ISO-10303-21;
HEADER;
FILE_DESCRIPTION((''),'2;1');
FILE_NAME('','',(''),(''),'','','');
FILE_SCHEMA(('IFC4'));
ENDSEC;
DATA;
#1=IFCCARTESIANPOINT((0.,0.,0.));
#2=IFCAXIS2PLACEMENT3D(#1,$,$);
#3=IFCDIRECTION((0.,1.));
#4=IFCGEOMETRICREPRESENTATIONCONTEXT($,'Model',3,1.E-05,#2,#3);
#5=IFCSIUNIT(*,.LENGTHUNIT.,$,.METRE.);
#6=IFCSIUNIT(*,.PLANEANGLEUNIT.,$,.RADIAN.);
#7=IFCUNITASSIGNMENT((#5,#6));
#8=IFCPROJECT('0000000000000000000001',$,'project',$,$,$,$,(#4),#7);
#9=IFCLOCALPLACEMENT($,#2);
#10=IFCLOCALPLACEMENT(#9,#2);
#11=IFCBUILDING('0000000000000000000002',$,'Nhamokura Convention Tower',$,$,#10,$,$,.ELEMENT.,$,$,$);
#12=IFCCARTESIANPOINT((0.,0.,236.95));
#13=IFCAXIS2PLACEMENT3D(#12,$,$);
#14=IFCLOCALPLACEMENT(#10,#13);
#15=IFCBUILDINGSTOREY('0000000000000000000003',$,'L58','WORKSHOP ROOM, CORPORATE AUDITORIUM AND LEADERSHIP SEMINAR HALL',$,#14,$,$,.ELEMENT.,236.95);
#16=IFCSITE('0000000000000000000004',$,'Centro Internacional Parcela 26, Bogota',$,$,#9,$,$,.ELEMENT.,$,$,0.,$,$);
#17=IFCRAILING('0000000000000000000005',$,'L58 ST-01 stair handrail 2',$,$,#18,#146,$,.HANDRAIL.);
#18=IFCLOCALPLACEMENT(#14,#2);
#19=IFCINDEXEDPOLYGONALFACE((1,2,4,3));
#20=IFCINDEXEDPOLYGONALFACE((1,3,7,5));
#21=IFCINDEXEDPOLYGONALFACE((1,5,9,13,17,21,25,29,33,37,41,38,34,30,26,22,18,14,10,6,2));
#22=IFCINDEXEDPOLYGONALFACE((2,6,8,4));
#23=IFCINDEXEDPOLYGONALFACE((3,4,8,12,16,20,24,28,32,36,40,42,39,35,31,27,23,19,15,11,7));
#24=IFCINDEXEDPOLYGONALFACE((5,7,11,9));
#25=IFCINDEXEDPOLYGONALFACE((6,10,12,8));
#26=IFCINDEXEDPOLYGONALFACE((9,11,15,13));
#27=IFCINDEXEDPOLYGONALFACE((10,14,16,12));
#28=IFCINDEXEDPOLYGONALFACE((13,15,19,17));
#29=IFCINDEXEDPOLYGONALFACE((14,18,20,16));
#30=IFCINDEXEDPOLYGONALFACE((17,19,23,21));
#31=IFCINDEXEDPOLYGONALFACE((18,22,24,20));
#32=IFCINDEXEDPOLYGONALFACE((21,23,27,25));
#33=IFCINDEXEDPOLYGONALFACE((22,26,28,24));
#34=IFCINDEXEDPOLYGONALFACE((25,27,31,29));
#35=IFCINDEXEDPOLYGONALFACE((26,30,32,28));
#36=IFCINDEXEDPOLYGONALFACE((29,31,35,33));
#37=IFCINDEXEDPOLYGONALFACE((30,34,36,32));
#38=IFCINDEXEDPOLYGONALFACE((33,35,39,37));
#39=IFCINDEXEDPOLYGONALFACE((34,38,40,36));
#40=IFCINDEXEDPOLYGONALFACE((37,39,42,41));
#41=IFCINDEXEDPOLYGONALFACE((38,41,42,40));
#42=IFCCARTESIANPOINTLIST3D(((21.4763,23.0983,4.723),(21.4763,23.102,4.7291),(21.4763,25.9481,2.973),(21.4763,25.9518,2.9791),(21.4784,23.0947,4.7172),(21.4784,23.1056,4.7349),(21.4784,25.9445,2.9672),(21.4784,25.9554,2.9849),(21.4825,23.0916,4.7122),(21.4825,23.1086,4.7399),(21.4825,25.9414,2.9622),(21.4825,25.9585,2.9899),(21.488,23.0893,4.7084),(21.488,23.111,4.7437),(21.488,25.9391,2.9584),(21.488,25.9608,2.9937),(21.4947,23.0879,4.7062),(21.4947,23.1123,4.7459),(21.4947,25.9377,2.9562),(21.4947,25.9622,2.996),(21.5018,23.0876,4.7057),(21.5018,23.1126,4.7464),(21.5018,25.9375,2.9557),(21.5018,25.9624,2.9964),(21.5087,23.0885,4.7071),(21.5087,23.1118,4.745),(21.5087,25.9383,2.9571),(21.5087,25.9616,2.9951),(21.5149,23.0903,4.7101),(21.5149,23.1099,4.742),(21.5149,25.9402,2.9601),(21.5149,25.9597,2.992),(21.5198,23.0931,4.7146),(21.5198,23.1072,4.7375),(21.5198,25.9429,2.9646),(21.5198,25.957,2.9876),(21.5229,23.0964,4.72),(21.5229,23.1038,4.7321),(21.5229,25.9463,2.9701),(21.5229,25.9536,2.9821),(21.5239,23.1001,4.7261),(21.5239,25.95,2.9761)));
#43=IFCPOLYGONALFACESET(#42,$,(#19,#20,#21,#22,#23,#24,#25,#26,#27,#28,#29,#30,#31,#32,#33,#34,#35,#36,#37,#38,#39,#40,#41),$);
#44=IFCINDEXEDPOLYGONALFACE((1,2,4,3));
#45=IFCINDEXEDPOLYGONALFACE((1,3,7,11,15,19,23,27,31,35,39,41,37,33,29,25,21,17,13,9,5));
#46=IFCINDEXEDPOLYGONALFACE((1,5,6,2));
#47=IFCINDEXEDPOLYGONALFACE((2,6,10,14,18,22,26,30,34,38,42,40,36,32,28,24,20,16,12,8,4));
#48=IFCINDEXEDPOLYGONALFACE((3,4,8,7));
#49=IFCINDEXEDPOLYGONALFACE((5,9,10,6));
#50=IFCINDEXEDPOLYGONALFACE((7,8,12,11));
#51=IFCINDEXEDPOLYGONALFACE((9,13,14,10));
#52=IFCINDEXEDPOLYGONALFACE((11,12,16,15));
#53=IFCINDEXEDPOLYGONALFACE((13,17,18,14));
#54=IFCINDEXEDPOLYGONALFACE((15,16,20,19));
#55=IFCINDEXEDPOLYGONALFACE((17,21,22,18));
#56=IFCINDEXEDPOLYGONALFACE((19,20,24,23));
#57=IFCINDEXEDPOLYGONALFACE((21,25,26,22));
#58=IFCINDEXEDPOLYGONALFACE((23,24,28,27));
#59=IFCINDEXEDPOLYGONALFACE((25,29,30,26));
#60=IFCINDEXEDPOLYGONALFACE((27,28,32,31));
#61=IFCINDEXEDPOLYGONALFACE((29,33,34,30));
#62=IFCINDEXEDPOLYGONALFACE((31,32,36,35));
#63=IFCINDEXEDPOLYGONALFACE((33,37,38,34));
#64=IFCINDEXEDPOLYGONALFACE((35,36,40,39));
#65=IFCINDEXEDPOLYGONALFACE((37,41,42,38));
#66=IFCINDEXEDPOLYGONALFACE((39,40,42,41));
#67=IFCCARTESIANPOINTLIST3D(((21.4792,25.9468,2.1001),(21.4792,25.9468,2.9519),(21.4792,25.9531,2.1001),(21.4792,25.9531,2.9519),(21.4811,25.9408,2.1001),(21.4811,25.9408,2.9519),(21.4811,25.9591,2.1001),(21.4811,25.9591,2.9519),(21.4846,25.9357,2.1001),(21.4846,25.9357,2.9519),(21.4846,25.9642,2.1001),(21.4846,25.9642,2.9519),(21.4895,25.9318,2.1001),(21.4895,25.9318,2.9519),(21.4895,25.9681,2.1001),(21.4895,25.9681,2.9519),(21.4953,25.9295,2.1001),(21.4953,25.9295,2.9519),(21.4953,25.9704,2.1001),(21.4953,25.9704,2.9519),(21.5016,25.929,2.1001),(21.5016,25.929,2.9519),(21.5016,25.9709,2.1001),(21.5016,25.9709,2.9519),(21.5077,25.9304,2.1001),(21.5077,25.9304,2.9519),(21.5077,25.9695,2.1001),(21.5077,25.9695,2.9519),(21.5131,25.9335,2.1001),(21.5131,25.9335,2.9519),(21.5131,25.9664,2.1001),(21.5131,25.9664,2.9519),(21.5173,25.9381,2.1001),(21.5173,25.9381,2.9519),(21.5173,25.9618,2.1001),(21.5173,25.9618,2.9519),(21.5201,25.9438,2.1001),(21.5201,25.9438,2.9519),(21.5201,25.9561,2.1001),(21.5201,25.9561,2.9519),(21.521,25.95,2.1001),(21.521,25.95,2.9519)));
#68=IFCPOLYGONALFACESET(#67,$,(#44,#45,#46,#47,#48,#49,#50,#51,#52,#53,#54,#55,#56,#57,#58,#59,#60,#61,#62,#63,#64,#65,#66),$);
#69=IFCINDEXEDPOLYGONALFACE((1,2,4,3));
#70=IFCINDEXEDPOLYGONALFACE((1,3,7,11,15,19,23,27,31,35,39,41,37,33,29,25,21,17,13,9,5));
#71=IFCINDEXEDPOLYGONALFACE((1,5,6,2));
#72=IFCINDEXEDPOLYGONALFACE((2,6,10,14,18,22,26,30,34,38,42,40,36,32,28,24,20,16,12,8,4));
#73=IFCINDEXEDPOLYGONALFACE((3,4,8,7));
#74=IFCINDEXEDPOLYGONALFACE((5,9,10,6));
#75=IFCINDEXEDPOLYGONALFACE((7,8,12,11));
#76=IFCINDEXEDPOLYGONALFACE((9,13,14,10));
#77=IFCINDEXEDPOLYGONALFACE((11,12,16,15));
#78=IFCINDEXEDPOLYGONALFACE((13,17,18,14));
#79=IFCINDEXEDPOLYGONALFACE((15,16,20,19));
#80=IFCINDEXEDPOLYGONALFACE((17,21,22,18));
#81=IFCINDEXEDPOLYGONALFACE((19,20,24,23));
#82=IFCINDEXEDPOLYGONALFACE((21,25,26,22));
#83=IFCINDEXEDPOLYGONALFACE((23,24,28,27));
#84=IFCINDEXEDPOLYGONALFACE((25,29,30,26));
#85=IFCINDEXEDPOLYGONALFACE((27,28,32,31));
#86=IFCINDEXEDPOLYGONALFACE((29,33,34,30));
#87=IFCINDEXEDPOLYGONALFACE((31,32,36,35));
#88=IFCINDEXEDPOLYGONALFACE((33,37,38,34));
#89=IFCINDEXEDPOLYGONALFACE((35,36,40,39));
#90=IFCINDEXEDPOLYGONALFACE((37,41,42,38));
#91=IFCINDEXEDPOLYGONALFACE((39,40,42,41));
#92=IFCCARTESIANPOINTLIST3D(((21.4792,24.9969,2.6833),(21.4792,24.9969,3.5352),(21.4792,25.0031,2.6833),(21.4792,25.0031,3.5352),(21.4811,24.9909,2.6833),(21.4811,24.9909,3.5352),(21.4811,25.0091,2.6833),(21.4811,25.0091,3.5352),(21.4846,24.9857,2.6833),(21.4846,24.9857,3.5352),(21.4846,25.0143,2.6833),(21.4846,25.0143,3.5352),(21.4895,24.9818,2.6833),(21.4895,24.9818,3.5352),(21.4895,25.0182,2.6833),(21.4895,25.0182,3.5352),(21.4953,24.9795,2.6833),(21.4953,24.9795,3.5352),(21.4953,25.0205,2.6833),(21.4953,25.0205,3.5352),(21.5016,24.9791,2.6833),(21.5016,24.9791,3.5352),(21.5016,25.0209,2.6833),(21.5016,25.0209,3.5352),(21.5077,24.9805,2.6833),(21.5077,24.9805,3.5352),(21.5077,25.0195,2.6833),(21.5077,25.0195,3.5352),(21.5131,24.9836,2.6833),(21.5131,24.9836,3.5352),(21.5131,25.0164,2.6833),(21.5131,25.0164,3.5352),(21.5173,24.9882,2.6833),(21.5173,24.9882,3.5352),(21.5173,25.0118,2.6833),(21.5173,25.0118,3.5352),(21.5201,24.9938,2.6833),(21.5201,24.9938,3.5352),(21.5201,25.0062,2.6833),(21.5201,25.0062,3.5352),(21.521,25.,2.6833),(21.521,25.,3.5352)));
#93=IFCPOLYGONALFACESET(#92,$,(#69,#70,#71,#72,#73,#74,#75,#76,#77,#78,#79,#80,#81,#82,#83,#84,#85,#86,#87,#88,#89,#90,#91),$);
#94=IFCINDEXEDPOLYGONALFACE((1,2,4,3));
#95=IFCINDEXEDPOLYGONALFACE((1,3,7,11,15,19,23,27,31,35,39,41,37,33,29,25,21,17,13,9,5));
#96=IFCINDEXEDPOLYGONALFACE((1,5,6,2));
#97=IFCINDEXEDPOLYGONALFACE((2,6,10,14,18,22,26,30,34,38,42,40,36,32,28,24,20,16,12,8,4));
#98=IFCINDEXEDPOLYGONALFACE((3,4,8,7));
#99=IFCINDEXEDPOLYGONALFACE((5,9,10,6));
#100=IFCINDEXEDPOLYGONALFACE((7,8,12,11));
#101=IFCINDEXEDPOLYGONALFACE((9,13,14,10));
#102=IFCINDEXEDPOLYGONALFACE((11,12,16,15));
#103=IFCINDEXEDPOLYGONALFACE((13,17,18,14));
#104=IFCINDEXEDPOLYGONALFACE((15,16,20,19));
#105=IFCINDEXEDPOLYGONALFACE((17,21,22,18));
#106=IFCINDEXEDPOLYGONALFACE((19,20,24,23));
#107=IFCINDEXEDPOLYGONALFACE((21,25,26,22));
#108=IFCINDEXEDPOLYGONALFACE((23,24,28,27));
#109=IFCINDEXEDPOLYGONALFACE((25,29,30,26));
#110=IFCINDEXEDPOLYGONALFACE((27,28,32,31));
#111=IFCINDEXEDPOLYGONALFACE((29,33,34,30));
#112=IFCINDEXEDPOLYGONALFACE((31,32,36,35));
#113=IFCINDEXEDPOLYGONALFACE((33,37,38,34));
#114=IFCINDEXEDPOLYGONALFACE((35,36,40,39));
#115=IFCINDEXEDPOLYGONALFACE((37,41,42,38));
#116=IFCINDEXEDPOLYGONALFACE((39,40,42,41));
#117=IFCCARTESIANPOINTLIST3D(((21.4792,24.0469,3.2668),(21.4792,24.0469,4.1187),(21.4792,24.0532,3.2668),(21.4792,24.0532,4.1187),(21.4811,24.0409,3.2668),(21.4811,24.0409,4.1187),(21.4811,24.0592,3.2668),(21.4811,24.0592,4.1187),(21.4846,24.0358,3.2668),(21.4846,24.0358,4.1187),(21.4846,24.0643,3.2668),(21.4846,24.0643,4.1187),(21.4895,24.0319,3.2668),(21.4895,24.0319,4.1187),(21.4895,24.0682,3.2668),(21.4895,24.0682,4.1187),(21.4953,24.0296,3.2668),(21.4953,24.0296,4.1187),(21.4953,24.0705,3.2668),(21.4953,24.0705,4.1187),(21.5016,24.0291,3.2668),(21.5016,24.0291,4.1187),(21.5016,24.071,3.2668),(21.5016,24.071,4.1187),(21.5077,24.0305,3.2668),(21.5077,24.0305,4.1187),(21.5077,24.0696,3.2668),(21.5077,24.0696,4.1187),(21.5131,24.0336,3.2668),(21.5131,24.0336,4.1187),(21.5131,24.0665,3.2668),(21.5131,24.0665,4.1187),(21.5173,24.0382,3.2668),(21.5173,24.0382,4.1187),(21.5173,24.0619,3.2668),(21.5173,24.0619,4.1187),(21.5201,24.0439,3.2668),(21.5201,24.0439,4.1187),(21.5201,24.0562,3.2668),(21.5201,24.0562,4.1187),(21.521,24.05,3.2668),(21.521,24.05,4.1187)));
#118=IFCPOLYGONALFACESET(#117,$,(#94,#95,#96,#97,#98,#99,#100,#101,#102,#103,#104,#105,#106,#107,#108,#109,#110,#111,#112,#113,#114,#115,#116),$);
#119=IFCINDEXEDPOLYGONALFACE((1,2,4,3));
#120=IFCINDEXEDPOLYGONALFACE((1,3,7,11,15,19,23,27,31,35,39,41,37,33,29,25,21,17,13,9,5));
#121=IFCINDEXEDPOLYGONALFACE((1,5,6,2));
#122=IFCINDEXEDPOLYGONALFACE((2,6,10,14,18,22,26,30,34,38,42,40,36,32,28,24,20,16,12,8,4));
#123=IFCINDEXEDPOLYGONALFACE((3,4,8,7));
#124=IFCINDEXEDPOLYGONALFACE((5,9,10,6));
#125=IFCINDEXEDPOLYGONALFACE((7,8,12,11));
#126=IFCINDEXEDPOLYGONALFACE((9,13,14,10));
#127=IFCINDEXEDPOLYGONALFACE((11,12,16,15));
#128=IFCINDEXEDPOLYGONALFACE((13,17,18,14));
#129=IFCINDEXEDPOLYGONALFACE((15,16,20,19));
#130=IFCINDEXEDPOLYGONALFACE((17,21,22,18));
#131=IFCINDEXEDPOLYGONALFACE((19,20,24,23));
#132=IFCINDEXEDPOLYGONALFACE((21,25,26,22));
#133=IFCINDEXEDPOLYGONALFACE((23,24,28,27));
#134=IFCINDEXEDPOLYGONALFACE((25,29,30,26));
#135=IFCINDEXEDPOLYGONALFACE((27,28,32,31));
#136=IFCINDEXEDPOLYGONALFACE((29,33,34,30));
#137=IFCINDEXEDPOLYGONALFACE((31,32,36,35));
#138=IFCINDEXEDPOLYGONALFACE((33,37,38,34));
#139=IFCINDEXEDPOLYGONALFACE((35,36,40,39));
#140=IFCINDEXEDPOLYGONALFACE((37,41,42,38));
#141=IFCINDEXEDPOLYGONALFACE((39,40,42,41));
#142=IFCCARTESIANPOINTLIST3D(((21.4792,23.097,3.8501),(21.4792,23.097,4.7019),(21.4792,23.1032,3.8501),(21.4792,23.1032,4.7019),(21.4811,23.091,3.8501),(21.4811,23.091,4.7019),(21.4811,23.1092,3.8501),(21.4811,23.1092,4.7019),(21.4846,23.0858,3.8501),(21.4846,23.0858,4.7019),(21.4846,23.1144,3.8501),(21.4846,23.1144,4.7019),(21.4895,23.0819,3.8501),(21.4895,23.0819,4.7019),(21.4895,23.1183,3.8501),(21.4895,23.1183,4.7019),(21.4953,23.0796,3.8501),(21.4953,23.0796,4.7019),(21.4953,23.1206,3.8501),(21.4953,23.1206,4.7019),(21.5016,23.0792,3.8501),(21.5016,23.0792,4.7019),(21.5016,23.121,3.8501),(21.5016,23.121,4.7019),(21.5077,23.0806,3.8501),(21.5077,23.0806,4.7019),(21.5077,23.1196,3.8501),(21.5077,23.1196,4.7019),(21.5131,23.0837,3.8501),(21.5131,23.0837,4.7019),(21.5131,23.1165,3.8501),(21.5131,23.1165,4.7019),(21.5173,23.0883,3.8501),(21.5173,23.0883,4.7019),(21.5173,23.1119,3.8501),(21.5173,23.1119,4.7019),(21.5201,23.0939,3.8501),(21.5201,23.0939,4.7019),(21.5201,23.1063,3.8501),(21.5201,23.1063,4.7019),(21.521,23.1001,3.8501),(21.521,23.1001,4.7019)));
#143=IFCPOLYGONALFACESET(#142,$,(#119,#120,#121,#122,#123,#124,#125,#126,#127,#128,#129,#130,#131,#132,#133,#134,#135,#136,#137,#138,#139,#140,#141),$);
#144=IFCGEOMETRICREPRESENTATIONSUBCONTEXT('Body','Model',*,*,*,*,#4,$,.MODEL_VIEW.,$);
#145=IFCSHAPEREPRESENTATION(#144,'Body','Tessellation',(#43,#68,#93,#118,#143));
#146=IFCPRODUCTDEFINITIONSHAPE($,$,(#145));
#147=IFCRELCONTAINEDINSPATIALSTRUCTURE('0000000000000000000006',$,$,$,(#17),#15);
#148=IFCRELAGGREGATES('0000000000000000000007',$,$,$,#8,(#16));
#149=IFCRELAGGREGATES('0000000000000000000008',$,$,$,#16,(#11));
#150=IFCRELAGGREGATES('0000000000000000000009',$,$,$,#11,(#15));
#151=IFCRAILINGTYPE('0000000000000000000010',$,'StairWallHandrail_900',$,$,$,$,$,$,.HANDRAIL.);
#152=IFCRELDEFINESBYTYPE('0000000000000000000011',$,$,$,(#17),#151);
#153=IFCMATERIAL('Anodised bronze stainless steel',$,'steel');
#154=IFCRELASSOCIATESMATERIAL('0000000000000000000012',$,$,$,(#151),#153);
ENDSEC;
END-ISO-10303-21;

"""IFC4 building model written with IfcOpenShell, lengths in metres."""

from ifc_helpers import new_model, si_unit, direction, frame, origin, origin_2d, place, context, subcontext, project, spatial, circle, extrude, material, type_object, element, save


model = new_model("IFC4")

# Units and contexts
model_context = context("Model", 3, precision=1e-05, world=origin(), true_north=direction((0.0, 1.0)))
body_context = subcontext(model_context, "Body", "Model", "MODEL_VIEW")
ifc_project = project(units=[si_unit("LENGTHUNIT", "METRE"), si_unit("PLANEANGLEUNIT", "RADIAN")], contexts=[model_context])

# Site, building, storey
site_placement = place(None, origin())
site = spatial("IfcSite", under=ifc_project, at=site_placement, Name="Centro Internacional Parcela 26, Bogota", CompositionType="ELEMENT", RefElevation=0.0)
building_placement = place(site_placement, origin())
building = spatial("IfcBuilding", under=site, at=building_placement, Name="Nhamokura Convention Tower", CompositionType="ELEMENT")
storey_placement = place(building_placement, frame((0.0, 0.0, 236.95)))
storey = spatial("IfcBuildingStorey", under=building, at=storey_placement, Name="L58", Description="WORKSHOP ROOM, CORPORATE AUDITORIUM AND LEADERSHIP SEMINAR HALL", CompositionType="ELEMENT", Elevation=236.95)

# Railing
ifc_material_1 = material(Name="Anodised bronze stainless steel", Category="steel")
railing_type_1 = type_object("IfcRailingType", Name="StairWallHandrail_900", PredefinedType="HANDRAIL", material=ifc_material_1)
railing_1_placement = place(storey_placement, frame((21.5, 25.95, 2.1001)))
element("IfcRailing", 1, at=railing_1_placement, inside=storey, type_object=railing_type_1, Name="L58 ST-01 stair handrail 2", PredefinedType="HANDRAIL", context=body_context, shape_type="SweptSolid", body=[
    extrude(circle(Radius=0.0239, at=origin_2d()), frame((0.0, 0.0, 0.876), z_axis=(0.0, -0.852159, 0.523283), x_axis=(1.0, 0.0, 0.0)), (0.0, 0.0, 1.0), 3.3442),
    extrude(circle(Radius=0.021, at=origin_2d()), origin(), (0.0, 0.0, 1.0), 0.8518),
    extrude(circle(Radius=0.021, at=origin_2d()), frame((0.0, -0.95, 0.5833)), (0.0, 0.0, 1.0), 0.8518),
    extrude(circle(Radius=0.021, at=origin_2d()), frame((0.0, -1.8999, 1.1667)), (0.0, 0.0, 1.0), 0.8518),
    extrude(circle(Radius=0.021, at=origin_2d()), frame((0.0, -2.8499, 1.75)), (0.0, 0.0, 1.0), 0.8518),
])

save(model, "model.ifc")
